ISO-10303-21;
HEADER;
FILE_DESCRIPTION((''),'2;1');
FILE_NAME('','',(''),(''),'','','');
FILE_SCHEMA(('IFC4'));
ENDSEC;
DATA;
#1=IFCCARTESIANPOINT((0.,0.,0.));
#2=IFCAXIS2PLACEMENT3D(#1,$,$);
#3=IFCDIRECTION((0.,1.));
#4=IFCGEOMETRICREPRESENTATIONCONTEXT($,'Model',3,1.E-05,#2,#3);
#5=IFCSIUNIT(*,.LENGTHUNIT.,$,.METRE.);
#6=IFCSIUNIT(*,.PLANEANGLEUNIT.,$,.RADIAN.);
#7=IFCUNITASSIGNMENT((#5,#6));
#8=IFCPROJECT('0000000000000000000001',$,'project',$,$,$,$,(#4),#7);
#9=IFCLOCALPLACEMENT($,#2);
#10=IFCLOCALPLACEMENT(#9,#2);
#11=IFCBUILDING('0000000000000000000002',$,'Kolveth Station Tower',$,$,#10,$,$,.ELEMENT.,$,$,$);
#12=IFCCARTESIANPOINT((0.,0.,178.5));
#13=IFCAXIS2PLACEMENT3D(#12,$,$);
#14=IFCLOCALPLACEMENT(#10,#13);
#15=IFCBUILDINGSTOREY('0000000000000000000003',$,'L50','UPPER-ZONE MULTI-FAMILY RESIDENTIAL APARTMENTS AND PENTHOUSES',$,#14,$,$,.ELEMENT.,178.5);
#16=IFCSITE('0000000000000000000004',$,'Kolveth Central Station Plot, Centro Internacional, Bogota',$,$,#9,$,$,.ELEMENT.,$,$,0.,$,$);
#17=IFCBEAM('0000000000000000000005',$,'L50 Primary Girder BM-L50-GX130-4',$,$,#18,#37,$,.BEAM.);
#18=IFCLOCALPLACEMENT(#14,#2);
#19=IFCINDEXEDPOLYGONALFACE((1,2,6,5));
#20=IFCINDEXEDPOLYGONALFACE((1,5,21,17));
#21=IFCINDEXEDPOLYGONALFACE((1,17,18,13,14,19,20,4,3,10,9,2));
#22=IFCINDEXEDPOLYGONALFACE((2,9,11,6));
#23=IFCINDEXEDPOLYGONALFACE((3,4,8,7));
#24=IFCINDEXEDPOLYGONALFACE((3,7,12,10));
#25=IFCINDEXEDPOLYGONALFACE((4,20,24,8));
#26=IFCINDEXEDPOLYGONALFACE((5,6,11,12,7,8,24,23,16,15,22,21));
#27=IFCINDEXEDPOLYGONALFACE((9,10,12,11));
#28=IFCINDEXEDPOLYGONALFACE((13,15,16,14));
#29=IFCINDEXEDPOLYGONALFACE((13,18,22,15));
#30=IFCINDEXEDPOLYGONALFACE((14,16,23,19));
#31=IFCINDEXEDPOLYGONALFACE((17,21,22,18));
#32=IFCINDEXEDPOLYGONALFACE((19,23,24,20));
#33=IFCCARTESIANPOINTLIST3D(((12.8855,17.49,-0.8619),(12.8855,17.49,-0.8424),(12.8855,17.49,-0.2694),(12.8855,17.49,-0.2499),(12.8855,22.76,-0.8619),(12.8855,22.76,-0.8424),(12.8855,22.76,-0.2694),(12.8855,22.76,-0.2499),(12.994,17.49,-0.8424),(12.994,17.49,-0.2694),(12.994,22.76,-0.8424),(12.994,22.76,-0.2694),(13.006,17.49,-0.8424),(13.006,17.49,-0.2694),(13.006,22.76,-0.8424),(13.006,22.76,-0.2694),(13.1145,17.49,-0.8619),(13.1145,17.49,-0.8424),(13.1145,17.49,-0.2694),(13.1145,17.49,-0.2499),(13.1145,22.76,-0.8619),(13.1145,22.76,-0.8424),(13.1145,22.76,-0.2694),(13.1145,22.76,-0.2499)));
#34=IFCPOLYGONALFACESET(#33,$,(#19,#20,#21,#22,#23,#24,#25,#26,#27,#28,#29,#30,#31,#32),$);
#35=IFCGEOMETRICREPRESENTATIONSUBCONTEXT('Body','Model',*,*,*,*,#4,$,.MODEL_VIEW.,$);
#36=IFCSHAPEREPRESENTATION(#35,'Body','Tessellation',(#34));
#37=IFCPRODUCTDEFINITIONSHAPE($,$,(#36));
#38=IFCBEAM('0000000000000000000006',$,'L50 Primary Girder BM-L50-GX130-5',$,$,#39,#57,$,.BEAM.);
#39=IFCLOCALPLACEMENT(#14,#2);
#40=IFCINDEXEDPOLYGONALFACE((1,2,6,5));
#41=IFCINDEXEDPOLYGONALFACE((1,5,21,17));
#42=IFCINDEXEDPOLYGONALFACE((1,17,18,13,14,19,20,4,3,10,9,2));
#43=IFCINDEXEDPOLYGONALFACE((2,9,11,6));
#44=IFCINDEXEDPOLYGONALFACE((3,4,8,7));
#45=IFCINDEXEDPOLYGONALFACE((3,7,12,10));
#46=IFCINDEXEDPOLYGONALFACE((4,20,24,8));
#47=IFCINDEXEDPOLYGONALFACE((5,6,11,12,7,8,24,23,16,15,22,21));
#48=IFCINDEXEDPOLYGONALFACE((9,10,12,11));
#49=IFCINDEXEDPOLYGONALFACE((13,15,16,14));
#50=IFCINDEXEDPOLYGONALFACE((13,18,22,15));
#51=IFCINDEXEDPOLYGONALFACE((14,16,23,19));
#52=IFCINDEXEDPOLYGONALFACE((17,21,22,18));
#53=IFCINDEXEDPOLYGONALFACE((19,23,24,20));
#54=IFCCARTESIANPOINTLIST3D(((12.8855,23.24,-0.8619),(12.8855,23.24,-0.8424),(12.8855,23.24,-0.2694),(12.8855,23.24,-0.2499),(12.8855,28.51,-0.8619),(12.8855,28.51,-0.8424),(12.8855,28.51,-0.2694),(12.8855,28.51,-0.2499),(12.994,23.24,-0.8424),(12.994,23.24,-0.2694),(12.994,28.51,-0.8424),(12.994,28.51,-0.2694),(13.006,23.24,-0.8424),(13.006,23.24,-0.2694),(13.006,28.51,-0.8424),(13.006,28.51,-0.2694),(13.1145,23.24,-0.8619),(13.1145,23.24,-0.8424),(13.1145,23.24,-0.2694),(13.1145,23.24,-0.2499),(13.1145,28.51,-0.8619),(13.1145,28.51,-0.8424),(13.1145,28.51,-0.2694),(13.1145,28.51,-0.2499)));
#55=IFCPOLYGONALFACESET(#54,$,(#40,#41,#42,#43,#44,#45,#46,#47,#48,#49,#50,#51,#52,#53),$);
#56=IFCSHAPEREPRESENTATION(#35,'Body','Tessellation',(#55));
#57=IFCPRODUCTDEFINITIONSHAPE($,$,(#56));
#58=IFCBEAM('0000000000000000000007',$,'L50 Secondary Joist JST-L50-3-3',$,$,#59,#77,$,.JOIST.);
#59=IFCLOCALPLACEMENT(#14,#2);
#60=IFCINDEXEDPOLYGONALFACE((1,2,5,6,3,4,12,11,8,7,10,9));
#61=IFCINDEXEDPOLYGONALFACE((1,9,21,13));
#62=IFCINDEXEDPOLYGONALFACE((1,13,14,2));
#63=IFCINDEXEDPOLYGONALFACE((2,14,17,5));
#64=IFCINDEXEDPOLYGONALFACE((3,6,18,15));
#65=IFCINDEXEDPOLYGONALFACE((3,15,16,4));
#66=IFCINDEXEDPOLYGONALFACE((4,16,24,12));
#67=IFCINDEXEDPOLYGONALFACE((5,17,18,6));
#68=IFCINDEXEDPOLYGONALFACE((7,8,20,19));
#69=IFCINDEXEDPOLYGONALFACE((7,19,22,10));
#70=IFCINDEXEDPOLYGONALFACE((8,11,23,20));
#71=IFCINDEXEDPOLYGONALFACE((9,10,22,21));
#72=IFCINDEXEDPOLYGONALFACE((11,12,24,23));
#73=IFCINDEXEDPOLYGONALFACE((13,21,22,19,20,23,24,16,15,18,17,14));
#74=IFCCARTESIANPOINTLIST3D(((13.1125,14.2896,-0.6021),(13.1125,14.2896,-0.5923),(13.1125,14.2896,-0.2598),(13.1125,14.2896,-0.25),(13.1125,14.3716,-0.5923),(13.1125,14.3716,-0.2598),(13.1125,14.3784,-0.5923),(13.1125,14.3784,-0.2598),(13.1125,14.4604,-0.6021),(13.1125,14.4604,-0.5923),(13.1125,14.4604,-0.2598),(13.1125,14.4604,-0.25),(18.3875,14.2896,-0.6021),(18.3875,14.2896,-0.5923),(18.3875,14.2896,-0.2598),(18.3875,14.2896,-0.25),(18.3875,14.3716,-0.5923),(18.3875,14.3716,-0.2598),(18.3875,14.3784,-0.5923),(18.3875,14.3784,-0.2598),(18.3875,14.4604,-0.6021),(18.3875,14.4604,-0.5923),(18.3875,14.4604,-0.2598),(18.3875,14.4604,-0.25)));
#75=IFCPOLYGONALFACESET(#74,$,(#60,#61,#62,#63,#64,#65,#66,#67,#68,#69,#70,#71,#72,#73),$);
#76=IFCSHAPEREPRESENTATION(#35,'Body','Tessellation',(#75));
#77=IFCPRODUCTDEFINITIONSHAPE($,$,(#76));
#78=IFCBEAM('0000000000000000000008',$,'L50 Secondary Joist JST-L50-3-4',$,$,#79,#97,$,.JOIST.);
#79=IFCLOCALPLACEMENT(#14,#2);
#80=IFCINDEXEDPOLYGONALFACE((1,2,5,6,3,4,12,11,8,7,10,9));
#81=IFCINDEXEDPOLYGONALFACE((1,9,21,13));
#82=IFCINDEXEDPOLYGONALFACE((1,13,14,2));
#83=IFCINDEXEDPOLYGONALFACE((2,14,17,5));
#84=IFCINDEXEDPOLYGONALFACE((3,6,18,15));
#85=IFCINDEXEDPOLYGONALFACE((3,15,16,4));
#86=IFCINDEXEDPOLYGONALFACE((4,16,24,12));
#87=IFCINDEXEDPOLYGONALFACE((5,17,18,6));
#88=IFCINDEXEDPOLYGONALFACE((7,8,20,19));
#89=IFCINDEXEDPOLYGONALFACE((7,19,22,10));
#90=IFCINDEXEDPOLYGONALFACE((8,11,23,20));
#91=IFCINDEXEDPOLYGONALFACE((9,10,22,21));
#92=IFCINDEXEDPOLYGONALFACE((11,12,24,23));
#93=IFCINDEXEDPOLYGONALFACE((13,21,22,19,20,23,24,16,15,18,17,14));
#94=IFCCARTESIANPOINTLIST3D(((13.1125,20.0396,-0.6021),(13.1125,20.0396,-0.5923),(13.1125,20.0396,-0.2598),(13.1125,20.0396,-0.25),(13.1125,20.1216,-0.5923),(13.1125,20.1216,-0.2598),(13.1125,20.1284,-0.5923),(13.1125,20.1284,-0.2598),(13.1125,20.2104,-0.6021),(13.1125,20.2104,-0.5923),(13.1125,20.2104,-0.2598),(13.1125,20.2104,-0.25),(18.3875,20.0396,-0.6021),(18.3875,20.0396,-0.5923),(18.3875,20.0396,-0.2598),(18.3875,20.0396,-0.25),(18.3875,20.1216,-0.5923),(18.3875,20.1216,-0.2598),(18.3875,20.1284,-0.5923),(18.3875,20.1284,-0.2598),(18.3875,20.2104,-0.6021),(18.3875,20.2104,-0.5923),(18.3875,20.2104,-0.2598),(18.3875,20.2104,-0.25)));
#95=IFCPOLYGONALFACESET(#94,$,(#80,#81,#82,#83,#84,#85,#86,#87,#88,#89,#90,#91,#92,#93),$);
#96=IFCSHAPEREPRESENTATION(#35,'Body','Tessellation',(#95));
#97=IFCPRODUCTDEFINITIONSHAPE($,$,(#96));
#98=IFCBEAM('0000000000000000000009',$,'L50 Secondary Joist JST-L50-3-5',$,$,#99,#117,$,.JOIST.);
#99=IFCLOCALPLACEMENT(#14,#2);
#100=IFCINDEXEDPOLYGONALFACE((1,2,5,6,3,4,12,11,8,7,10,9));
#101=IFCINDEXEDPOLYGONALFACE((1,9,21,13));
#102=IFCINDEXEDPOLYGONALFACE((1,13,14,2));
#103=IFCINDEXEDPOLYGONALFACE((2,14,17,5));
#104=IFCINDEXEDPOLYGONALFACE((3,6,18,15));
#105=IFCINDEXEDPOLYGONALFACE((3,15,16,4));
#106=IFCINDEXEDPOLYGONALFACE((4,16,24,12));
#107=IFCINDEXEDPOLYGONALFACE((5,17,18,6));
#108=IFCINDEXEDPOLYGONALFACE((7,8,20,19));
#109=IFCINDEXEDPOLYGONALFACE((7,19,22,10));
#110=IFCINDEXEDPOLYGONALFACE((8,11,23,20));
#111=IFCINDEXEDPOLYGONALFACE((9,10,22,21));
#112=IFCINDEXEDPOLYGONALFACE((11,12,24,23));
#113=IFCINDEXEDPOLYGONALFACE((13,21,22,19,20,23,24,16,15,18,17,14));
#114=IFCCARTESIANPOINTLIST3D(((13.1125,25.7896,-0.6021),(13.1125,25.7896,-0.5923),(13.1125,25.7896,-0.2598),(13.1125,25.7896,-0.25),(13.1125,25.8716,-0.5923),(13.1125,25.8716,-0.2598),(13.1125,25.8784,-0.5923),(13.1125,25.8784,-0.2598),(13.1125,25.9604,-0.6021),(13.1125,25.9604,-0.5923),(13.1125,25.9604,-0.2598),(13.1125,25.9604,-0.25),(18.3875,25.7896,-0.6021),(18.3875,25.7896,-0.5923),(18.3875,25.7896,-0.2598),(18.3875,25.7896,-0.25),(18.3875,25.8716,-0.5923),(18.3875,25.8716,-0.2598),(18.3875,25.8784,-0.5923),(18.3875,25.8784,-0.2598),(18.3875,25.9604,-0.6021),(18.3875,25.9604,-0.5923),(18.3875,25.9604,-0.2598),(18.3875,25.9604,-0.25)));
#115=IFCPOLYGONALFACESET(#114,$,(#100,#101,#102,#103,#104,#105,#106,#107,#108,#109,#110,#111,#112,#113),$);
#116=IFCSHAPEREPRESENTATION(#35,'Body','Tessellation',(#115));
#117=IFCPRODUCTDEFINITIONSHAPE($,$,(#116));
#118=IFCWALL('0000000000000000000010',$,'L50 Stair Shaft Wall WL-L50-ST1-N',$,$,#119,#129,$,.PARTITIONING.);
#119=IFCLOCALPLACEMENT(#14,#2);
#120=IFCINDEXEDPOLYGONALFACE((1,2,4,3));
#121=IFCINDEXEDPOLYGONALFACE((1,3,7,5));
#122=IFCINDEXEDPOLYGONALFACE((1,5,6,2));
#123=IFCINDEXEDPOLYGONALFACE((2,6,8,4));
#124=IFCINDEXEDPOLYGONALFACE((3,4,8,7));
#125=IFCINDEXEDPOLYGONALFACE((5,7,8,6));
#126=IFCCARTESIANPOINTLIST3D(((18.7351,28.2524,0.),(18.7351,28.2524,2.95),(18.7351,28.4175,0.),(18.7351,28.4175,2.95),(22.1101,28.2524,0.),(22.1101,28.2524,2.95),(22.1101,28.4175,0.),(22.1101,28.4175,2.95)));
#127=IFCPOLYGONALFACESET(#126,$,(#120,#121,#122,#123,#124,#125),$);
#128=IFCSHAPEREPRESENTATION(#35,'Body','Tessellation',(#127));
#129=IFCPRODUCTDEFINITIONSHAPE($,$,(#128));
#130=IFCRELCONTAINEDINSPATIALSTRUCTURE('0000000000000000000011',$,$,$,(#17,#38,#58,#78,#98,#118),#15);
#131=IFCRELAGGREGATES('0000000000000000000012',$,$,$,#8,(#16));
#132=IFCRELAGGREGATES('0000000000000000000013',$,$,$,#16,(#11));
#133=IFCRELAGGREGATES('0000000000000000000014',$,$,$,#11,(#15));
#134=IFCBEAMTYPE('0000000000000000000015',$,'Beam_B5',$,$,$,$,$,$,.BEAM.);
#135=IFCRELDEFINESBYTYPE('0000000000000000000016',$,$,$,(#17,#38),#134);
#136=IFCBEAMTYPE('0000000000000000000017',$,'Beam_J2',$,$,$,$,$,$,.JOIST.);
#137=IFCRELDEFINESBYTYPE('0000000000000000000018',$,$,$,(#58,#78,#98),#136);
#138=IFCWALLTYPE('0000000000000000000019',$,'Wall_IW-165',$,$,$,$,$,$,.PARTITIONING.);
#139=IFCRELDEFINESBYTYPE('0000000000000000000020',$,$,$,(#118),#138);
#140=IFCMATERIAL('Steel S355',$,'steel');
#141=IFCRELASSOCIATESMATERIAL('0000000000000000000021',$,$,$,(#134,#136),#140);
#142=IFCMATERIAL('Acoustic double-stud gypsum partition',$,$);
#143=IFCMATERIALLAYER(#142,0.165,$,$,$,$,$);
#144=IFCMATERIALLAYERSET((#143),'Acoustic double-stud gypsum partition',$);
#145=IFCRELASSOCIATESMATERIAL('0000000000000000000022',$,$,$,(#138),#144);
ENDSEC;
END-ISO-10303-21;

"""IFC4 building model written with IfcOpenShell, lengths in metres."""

from ifc_helpers import new_model, si_unit, direction, frame, frame_2d, origin, origin_2d, place, context, subcontext, project, spatial, rectangle, i_section, extrude, source, transform, mapped, material, layer, layer_set, material_profile, profile_set, type_object, element, save


model = new_model("IFC4")

# Units and contexts
model_context = context("Model", 3, precision=1e-05, world=origin(), true_north=direction((0.0, 1.0)))
body_context = subcontext(model_context, "Body", "Model", "MODEL_VIEW")
ifc_project = project(units=[si_unit("LENGTHUNIT", "METRE"), si_unit("PLANEANGLEUNIT", "RADIAN")], contexts=[model_context])

# Site, building, storey
site_placement = place(None, origin())
site = spatial("IfcSite", under=ifc_project, at=site_placement, Name="Kolveth Central Station Plot, Centro Internacional, Bogota", CompositionType="ELEMENT", RefElevation=0.0)
building_placement = place(site_placement, origin())
building = spatial("IfcBuilding", under=site, at=building_placement, Name="Kolveth Station Tower", CompositionType="ELEMENT")
storey_placement = place(building_placement, frame((0.0, 0.0, 178.5)))
storey = spatial("IfcBuildingStorey", under=building, at=storey_placement, Name="L50", Description="UPPER-ZONE MULTI-FAMILY RESIDENTIAL APARTMENTS AND PENTHOUSES", CompositionType="ELEMENT", Elevation=178.5)

# Shared definitions
ifc_material_1 = material(Name="Steel S355", Category="steel")

# Beams
ifc_material_profile_1 = material_profile(ifc_material_1, i_section(OverallWidth=0.229, OverallDepth=0.6121, WebThickness=0.012, FlangeThickness=0.0195, at=origin_2d()), Name="W610x125")
ifc_profile_set_1 = profile_set([ifc_material_profile_1], Name="Steel S355")
beam_type_1 = type_object("IfcBeamType", Name="Beam_B5", PredefinedType="BEAM", material=ifc_profile_set_1)
shared_shape_1 = source(origin(), body_context, "Body", "SweptSolid", [
    extrude(i_section(OverallWidth=0.229, OverallDepth=0.6121, WebThickness=0.012, FlangeThickness=0.0195, at=origin_2d()), origin(), (0.0, 0.0, 1.0), 5.27),
])
for number, where, z_axis, x_axis, name in (
    (1, (13.0, 17.49, -0.5559), (0.0, 1.0, 0.0), (-1.0, 0.0, 0.0), "L50 Primary Girder BM-L50-GX130-4"),
    (2, (13.0, 23.24, -0.5559), (0.0, 1.0, 0.0), (-1.0, 0.0, 0.0), "L50 Primary Girder BM-L50-GX130-5"),
):
    element("IfcBeam", number, at=place(storey_placement, frame(where, z_axis=z_axis, x_axis=x_axis)), inside=storey, type_object=beam_type_1, Name=name, PredefinedType="BEAM", context=body_context, shape_type="MappedRepresentation", body=[
        mapped(shared_shape_1, transform((0.0, 0.0, 0.0), x_axis=(1.0, 0.0, 0.0), y_axis=(0.0, 1.0, 0.0), z_axis=(0.0, 0.0, 1.0), scale=1.0)),
    ])
ifc_material_profile_2 = material_profile(ifc_material_1, i_section(OverallWidth=0.1709, OverallDepth=0.3521, WebThickness=0.0068, FlangeThickness=0.0098, at=origin_2d()), Name="W360x44")
ifc_profile_set_2 = profile_set([ifc_material_profile_2], Name="Steel S355")
beam_type_2 = type_object("IfcBeamType", Name="Beam_J2", PredefinedType="JOIST", material=ifc_profile_set_2)
shared_shape_2 = source(origin(), body_context, "Body", "SweptSolid", [
    extrude(i_section(OverallWidth=0.1709, OverallDepth=0.3521, WebThickness=0.0068, FlangeThickness=0.0098, at=origin_2d()), origin(), (0.0, 0.0, 1.0), 5.2749),
])
for number, where, z_axis, x_axis, name in (
    (3, (13.1125, 14.375, -0.426), (1.0, 0.0, 0.0), (0.0, 1.0, 0.0), "L50 Secondary Joist JST-L50-3-3"),
    (4, (13.1125, 20.125, -0.426), (1.0, 0.0, 0.0), (0.0, 1.0, 0.0), "L50 Secondary Joist JST-L50-3-4"),
    (5, (13.1125, 25.875, -0.426), (1.0, 0.0, 0.0), (0.0, 1.0, 0.0), "L50 Secondary Joist JST-L50-3-5"),
):
    element("IfcBeam", number, at=place(storey_placement, frame(where, z_axis=z_axis, x_axis=x_axis)), inside=storey, type_object=beam_type_2, Name=name, PredefinedType="JOIST", context=body_context, shape_type="MappedRepresentation", body=[
        mapped(shared_shape_2, transform((0.0, 0.0, 0.0), x_axis=(1.0, 0.0, 0.0), y_axis=(0.0, 1.0, 0.0), z_axis=(0.0, 0.0, 1.0), scale=1.0)),
    ])

# Wall
ifc_material_2 = material(Name="Acoustic double-stud gypsum partition")
ifc_layer_1 = layer(ifc_material_2, 0.165)
ifc_layer_set_1 = layer_set([ifc_layer_1], Name="Acoustic double-stud gypsum partition")
wall_type_1 = type_object("IfcWallType", Name="Wall_IW-165", PredefinedType="PARTITIONING", material=ifc_layer_set_1)
wall_1_placement = place(storey_placement, frame((18.7351, 28.335, 0.0), z_axis=(0.0, 0.0, 1.0), x_axis=(1.0, 0.0, 0.0)))
element("IfcWall", 6, at=wall_1_placement, inside=storey, type_object=wall_type_1, Name="L50 Stair Shaft Wall WL-L50-ST1-N", PredefinedType="PARTITIONING", context=body_context, shape_type="SweptSolid", body=[
    extrude(rectangle(XDim=3.375, YDim=0.165, at=frame_2d((1.6875, 0.0))), origin(), (0.0, 0.0, 1.0), 2.95),
])

save(model, "model.ifc")
